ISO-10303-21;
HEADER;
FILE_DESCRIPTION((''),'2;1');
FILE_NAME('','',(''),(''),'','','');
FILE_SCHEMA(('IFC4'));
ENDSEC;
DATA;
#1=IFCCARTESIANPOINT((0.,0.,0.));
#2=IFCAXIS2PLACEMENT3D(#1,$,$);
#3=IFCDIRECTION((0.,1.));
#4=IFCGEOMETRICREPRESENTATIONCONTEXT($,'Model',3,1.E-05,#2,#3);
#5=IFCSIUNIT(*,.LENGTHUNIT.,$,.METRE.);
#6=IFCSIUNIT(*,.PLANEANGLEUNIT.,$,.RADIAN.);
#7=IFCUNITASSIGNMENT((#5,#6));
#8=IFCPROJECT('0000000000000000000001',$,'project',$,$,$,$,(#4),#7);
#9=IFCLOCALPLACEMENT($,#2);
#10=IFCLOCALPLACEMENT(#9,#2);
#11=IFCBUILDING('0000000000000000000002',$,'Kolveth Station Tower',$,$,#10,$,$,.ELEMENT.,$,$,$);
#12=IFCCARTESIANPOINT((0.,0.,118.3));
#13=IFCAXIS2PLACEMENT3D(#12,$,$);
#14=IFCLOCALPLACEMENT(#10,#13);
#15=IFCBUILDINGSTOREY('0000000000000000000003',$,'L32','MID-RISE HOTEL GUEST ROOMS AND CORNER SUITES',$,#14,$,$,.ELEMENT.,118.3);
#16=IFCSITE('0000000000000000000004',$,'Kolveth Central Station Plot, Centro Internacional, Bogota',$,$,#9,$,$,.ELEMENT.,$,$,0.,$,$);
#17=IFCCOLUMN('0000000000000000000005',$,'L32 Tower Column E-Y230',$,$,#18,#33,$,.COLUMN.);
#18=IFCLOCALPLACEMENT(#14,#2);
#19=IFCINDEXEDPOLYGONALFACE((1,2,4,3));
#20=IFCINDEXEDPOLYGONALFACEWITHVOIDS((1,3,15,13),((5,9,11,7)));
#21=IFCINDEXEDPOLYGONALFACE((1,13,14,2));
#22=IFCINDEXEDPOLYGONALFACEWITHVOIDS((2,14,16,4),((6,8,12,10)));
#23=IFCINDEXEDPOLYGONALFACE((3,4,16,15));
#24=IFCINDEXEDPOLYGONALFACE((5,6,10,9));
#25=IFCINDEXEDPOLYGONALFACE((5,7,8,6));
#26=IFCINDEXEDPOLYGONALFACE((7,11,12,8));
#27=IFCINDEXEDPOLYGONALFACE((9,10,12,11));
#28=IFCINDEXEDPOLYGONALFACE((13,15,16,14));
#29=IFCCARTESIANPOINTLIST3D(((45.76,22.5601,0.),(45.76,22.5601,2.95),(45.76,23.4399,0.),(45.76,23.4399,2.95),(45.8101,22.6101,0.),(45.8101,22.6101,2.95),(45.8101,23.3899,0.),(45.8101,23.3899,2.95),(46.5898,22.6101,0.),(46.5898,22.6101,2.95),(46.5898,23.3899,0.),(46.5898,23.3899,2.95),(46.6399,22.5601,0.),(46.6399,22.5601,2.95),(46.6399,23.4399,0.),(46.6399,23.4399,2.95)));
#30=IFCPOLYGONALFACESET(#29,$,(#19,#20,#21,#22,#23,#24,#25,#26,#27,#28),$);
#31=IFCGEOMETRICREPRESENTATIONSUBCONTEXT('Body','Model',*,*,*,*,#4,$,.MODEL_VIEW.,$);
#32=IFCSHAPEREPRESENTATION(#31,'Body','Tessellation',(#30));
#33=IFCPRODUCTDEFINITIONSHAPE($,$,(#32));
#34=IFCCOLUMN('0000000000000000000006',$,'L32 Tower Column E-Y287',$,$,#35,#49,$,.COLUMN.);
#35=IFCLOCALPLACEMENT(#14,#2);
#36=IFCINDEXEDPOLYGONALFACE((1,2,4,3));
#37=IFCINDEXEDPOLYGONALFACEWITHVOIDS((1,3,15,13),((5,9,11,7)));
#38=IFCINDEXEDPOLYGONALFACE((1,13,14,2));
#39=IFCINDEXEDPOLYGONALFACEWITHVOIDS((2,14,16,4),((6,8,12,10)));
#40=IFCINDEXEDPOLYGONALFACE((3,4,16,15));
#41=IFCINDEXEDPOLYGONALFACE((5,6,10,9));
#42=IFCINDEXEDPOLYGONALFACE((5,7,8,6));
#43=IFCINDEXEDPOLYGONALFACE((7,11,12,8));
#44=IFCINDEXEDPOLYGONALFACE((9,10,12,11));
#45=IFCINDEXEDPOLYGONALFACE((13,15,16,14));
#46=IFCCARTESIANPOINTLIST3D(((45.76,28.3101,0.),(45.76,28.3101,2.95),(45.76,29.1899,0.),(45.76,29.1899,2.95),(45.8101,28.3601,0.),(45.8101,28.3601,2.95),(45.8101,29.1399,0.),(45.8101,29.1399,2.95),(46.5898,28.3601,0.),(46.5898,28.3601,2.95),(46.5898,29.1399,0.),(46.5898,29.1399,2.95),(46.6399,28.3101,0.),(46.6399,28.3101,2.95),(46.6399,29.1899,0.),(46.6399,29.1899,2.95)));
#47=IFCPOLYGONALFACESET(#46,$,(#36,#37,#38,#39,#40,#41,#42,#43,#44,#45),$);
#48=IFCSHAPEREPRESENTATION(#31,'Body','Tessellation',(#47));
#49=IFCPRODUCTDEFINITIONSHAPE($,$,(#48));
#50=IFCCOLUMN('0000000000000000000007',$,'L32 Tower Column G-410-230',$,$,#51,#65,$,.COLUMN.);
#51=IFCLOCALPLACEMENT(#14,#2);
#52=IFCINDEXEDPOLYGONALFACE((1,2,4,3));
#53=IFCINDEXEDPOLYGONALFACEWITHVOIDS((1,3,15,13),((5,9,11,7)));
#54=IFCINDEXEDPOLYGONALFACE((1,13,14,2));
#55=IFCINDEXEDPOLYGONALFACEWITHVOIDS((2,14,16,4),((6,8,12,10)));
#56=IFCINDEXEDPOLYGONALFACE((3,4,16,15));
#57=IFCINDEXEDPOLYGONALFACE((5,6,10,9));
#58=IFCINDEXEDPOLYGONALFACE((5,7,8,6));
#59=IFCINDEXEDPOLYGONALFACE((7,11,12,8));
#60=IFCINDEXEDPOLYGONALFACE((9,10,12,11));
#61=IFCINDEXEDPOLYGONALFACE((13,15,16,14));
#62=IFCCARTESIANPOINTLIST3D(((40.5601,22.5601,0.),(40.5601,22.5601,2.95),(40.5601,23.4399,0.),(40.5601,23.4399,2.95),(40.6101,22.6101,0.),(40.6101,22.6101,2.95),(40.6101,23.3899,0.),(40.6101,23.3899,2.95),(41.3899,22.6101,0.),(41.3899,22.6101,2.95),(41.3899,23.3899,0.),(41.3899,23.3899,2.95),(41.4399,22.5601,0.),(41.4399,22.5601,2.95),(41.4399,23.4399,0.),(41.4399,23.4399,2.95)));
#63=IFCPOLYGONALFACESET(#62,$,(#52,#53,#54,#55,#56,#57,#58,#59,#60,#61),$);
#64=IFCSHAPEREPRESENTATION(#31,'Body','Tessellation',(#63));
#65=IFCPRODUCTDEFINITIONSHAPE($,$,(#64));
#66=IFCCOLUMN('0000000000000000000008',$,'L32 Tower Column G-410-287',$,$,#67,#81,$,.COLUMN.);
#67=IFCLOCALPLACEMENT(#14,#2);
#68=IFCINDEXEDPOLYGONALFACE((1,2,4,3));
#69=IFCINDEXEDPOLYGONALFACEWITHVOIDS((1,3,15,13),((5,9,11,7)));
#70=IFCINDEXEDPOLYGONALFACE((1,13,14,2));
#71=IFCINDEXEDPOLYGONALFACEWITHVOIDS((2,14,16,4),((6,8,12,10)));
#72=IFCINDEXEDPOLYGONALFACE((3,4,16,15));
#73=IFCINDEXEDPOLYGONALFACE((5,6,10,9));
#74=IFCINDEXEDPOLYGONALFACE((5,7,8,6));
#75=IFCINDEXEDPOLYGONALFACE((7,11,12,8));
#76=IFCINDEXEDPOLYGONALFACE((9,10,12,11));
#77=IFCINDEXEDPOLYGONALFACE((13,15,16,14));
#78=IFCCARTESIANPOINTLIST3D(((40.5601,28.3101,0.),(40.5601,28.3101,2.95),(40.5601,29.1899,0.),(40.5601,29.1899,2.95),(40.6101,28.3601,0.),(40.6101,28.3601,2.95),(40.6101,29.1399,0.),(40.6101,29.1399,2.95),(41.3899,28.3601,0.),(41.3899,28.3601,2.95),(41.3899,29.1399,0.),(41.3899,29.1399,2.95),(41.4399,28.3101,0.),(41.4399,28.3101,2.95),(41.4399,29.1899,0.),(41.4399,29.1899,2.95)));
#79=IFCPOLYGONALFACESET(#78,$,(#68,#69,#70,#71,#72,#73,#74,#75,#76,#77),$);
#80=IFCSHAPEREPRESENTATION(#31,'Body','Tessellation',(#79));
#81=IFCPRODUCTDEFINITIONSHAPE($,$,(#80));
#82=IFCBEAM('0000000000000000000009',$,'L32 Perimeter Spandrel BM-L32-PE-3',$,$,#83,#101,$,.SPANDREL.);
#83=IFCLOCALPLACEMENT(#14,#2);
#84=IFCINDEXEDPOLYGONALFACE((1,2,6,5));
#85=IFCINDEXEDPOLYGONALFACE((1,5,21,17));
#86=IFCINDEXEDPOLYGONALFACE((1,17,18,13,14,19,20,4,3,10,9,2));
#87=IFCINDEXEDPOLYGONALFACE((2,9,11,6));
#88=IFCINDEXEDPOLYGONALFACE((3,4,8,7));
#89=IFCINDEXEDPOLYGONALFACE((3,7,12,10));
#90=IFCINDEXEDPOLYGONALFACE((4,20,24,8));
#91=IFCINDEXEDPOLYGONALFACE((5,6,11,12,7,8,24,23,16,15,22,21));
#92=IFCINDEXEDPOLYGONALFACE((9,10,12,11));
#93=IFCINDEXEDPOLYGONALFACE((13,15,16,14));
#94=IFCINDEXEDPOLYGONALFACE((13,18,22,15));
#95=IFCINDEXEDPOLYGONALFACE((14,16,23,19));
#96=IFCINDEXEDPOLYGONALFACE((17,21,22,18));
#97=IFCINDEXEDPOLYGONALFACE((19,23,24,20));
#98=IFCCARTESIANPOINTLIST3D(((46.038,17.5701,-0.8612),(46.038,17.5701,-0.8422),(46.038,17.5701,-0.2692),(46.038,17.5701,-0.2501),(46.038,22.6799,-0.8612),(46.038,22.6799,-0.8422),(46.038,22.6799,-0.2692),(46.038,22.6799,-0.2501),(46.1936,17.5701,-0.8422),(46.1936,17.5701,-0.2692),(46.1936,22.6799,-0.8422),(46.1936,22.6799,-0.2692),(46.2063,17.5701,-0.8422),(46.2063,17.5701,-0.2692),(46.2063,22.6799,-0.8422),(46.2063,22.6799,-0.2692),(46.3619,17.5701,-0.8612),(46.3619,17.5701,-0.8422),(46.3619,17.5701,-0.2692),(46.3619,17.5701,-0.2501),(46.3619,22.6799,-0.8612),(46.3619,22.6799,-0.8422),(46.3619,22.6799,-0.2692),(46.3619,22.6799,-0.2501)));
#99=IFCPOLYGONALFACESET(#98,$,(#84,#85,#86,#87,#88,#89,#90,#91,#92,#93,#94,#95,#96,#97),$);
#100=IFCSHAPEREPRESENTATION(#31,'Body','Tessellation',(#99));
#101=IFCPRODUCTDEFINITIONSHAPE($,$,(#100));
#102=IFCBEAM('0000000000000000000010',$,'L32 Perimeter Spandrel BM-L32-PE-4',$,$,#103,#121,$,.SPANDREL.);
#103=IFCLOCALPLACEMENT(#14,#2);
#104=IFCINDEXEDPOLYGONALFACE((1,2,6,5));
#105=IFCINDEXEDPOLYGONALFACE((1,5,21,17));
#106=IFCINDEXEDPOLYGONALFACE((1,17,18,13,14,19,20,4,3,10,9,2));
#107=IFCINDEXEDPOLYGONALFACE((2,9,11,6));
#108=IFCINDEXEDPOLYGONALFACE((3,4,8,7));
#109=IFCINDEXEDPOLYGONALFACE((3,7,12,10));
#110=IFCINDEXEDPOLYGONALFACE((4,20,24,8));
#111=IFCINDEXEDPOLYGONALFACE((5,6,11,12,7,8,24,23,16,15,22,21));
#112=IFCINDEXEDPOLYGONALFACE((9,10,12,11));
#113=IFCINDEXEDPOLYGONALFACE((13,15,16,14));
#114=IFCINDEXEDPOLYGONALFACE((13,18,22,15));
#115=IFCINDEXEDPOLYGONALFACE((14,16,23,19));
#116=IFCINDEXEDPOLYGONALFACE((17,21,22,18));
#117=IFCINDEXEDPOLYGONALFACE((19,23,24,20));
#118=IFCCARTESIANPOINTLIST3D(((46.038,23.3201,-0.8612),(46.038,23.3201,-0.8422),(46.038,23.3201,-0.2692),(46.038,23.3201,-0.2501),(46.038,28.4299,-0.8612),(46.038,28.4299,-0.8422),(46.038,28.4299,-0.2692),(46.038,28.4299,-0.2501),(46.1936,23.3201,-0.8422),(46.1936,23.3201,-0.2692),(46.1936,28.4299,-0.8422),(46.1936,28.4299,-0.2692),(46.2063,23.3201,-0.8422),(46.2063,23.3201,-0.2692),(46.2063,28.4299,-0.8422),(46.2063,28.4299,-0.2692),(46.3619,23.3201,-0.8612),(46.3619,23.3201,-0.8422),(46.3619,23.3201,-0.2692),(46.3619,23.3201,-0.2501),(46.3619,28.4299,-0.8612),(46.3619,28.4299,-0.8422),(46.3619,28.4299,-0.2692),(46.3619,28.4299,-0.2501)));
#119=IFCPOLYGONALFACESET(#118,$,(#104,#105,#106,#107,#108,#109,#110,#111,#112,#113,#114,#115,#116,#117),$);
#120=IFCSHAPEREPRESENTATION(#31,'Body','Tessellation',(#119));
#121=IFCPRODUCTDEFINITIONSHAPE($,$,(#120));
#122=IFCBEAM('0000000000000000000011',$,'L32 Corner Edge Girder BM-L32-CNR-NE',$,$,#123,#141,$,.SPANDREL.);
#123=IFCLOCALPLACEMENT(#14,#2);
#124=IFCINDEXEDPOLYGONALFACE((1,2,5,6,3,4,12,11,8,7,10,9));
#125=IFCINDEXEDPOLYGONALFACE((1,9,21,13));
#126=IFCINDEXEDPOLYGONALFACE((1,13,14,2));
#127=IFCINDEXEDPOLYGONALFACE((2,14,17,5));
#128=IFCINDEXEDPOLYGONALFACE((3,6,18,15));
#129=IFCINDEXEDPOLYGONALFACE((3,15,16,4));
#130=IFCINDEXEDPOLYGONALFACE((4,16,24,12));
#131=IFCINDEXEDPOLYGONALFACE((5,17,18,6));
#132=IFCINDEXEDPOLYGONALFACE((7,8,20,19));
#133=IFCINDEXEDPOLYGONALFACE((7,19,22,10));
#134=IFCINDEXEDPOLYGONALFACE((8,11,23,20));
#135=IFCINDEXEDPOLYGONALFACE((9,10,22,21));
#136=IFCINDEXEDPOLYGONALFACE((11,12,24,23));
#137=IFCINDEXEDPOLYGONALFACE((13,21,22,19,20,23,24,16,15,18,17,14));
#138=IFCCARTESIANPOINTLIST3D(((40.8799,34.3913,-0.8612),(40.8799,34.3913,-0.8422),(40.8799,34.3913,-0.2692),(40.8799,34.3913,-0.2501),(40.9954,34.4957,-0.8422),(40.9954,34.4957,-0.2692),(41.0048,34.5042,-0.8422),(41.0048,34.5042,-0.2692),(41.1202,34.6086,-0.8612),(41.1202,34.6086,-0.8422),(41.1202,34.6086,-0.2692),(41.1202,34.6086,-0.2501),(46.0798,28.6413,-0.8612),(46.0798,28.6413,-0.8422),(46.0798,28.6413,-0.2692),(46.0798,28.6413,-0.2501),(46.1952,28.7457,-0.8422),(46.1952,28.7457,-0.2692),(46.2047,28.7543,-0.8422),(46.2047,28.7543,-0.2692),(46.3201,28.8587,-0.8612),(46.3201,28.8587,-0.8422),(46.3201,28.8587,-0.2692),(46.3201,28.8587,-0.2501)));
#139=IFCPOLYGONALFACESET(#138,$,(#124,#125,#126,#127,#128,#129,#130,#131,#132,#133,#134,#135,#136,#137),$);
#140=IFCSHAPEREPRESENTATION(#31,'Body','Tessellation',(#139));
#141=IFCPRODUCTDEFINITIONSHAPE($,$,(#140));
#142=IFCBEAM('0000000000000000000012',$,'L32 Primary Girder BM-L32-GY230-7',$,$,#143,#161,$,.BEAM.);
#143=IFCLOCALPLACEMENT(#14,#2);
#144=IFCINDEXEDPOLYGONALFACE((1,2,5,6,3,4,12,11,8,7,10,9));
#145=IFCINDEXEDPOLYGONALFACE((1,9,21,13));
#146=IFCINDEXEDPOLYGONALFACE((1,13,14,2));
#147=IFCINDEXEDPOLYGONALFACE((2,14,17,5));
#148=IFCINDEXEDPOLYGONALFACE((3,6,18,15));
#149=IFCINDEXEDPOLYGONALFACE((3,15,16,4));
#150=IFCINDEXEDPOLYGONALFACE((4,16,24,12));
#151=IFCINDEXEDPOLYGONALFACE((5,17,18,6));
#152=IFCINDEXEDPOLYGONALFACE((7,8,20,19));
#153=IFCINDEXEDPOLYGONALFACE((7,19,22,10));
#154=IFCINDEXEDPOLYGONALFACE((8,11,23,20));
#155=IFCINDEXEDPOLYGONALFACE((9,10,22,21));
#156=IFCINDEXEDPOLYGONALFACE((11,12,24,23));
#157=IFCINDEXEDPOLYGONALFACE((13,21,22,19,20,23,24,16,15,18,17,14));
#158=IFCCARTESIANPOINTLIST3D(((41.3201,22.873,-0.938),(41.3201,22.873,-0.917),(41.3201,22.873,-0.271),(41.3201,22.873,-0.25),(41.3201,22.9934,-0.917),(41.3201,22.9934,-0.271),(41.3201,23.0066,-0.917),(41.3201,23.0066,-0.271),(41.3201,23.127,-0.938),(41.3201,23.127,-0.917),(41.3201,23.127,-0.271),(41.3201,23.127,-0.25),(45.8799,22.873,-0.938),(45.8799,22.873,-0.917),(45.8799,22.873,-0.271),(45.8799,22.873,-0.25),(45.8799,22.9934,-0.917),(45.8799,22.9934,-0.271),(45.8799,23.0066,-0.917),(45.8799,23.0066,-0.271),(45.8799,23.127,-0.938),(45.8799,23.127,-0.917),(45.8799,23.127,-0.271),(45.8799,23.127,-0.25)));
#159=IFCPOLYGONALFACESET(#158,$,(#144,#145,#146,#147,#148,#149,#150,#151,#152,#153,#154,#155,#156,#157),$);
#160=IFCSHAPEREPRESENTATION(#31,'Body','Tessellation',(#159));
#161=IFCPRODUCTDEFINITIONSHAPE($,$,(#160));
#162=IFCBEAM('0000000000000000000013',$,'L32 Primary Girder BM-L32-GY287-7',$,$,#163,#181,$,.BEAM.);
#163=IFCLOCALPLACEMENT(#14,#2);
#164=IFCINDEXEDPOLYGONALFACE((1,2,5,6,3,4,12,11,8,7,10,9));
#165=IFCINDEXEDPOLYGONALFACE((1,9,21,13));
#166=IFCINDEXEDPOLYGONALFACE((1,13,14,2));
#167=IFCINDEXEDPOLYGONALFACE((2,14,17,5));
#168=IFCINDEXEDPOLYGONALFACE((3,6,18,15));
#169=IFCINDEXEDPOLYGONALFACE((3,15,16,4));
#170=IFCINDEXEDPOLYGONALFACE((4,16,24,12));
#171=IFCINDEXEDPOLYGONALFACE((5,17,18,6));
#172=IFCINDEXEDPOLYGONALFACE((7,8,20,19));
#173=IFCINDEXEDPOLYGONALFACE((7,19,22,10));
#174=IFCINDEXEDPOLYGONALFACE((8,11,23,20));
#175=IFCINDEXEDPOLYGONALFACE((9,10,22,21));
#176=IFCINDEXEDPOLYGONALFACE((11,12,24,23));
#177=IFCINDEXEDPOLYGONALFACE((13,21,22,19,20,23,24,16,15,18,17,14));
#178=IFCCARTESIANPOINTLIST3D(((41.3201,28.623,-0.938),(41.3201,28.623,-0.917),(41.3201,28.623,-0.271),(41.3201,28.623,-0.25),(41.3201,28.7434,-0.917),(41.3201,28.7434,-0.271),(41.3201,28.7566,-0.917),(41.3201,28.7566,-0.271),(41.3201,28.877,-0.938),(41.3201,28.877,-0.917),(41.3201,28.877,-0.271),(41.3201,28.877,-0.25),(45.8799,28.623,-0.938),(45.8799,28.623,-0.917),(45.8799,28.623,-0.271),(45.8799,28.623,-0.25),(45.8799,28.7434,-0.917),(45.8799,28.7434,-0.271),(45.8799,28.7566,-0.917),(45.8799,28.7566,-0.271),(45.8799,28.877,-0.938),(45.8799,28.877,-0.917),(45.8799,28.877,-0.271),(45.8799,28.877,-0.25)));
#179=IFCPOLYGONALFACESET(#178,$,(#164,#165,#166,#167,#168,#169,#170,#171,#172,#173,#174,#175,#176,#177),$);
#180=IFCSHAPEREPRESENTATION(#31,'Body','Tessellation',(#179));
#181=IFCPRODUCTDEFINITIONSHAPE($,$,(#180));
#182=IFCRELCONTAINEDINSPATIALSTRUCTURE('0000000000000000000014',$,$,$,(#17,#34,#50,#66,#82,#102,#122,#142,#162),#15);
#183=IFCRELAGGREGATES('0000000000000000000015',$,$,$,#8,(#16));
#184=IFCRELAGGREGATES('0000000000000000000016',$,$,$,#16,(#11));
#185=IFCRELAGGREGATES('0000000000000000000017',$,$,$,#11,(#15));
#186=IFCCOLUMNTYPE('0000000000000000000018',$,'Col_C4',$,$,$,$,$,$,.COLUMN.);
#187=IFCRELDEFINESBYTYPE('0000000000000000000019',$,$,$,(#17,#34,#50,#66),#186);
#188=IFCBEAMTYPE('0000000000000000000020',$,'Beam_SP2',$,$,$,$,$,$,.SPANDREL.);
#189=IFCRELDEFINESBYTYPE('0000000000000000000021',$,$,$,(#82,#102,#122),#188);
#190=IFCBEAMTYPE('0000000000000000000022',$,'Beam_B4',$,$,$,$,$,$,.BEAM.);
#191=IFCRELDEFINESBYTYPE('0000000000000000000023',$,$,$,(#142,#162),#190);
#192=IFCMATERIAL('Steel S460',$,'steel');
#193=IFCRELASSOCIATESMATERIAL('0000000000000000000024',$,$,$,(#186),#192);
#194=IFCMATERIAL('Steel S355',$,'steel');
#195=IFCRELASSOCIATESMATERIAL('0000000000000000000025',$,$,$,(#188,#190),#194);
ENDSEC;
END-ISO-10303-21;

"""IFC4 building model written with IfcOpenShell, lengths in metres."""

from ifc_helpers import new_model, si_unit, direction, frame, origin, origin_2d, place, context, subcontext, project, spatial, hollow_rectangle, i_section, extrude, source, transform, mapped, material, material_profile, profile_set, type_object, element, save


model = new_model("IFC4")

# Units and contexts
model_context = context("Model", 3, precision=1e-05, world=origin(), true_north=direction((0.0, 1.0)))
body_context = subcontext(model_context, "Body", "Model", "MODEL_VIEW")
ifc_project = project(units=[si_unit("LENGTHUNIT", "METRE"), si_unit("PLANEANGLEUNIT", "RADIAN")], contexts=[model_context])

# Site, building, storey
site_placement = place(None, origin())
site = spatial("IfcSite", under=ifc_project, at=site_placement, Name="Kolveth Central Station Plot, Centro Internacional, Bogota", CompositionType="ELEMENT", RefElevation=0.0)
building_placement = place(site_placement, origin())
building = spatial("IfcBuilding", under=site, at=building_placement, Name="Kolveth Station Tower", CompositionType="ELEMENT")
storey_placement = place(building_placement, frame((0.0, 0.0, 118.3)))
storey = spatial("IfcBuildingStorey", under=building, at=storey_placement, Name="L32", Description="MID-RISE HOTEL GUEST ROOMS AND CORNER SUITES", CompositionType="ELEMENT", Elevation=118.3)

# Columns
ifc_material_1 = material(Name="Steel S460", Category="steel")
ifc_material_profile_1 = material_profile(ifc_material_1, hollow_rectangle(XDim=0.8799, YDim=0.8799, WallThickness=0.05, at=origin_2d()), Name="BOX880x880x50")
ifc_profile_set_1 = profile_set([ifc_material_profile_1], Name="Steel S460")
column_type = type_object("IfcColumnType", Name="Col_C4", PredefinedType="COLUMN", material=ifc_profile_set_1)
shared_shape_1 = source(origin(), body_context, "Body", "SweptSolid", [
    extrude(hollow_rectangle(XDim=0.8799, YDim=0.8799, WallThickness=0.05, at=origin_2d()), origin(), (0.0, 0.0, 1.0), 2.95),
])
for number, where, z_axis, x_axis, name in (
    (1, (46.2, 23.0, 0.0), (0.0, 0.0, 1.0), (1.0, 0.0, 0.0), "L32 Tower Column E-Y230"),
    (2, (46.2, 28.75, 0.0), (0.0, 0.0, 1.0), (1.0, 0.0, 0.0), "L32 Tower Column E-Y287"),
    (3, (41.0, 23.0, 0.0), (0.0, 0.0, 1.0), (1.0, 0.0, 0.0), "L32 Tower Column G-410-230"),
    (4, (41.0, 28.75, 0.0), (0.0, 0.0, 1.0), (1.0, 0.0, 0.0), "L32 Tower Column G-410-287"),
):
    element("IfcColumn", number, at=place(storey_placement, frame(where, z_axis=z_axis, x_axis=x_axis)), inside=storey, type_object=column_type, Name=name, PredefinedType="COLUMN", context=body_context, shape_type="MappedRepresentation", body=[
        mapped(shared_shape_1, transform((0.0, 0.0, 0.0), x_axis=(1.0, 0.0, 0.0), y_axis=(0.0, 1.0, 0.0), z_axis=(0.0, 0.0, 1.0), scale=1.0)),
    ])

# Beams
ifc_material_2 = material(Name="Steel S355", Category="steel")
ifc_material_profile_2 = material_profile(ifc_material_2, i_section(OverallWidth=0.324, OverallDepth=0.6111, WebThickness=0.0127, FlangeThickness=0.019, at=origin_2d()), Name="W610x155")
ifc_profile_set_2 = profile_set([ifc_material_profile_2], Name="Steel S355")
beam_type_1 = type_object("IfcBeamType", Name="Beam_SP2", PredefinedType="SPANDREL", material=ifc_profile_set_2)
shared_shape_2 = source(origin(), body_context, "Body", "SweptSolid", [
    extrude(i_section(OverallWidth=0.324, OverallDepth=0.6111, WebThickness=0.0127, FlangeThickness=0.019, at=origin_2d()), origin(), (0.0, 0.0, 1.0), 5.1099),
])
for number, where, z_axis, x_axis, name in (
    (5, (46.2, 17.5701, -0.5557), (0.0, 1.0, 0.0), (-1.0, 0.0, 0.0), "L32 Perimeter Spandrel BM-L32-PE-3"),
    (6, (46.2, 23.3201, -0.5557), (0.0, 1.0, 0.0), (-1.0, 0.0, 0.0), "L32 Perimeter Spandrel BM-L32-PE-4"),
):
    element("IfcBeam", number, at=place(storey_placement, frame(where, z_axis=z_axis, x_axis=x_axis)), inside=storey, type_object=beam_type_1, Name=name, PredefinedType="SPANDREL", context=body_context, shape_type="MappedRepresentation", body=[
        mapped(shared_shape_2, transform((0.0, 0.0, 0.0), x_axis=(1.0, 0.0, 0.0), y_axis=(0.0, 1.0, 0.0), z_axis=(0.0, 0.0, 1.0), scale=1.0)),
    ])
shared_shape_3 = source(origin(), body_context, "Body", "SweptSolid", [
    extrude(i_section(OverallWidth=0.324, OverallDepth=0.6111, WebThickness=0.0127, FlangeThickness=0.019, at=origin_2d()), origin(), (0.0, 0.0, 1.0), 7.7524),
])
beam_placement = place(storey_placement, frame((46.2, 28.75, -0.5557), z_axis=(-0.670741, 0.741692, 0.0), x_axis=(-0.741692, -0.670741, 0.0)))
element("IfcBeam", 7, at=beam_placement, inside=storey, type_object=beam_type_1, Name="L32 Corner Edge Girder BM-L32-CNR-NE", PredefinedType="SPANDREL", context=body_context, shape_type="MappedRepresentation", body=[
    mapped(shared_shape_3, transform((0.0, 0.0, 0.0), x_axis=(1.0, 0.0, 0.0), y_axis=(0.0, 1.0, 0.0), z_axis=(0.0, 0.0, 1.0), scale=1.0)),
])
ifc_material_profile_3 = material_profile(ifc_material_2, i_section(OverallWidth=0.2539, OverallDepth=0.688, WebThickness=0.0132, FlangeThickness=0.021, at=origin_2d()), Name="W690x152")
ifc_profile_set_3 = profile_set([ifc_material_profile_3], Name="Steel S355")
beam_type_2 = type_object("IfcBeamType", Name="Beam_B4", PredefinedType="BEAM", material=ifc_profile_set_3)
shared_shape_4 = source(origin(), body_context, "Body", "SweptSolid", [
    extrude(i_section(OverallWidth=0.2539, OverallDepth=0.688, WebThickness=0.0132, FlangeThickness=0.021, at=origin_2d()), origin(), (0.0, 0.0, 1.0), 4.5598),
])
for number, where, z_axis, x_axis, name in (
    (8, (41.3201, 23.0, -0.594), (1.0, 0.0, 0.0), (0.0, 1.0, 0.0), "L32 Primary Girder BM-L32-GY230-7"),
    (9, (41.3201, 28.75, -0.594), (1.0, 0.0, 0.0), (0.0, 1.0, 0.0), "L32 Primary Girder BM-L32-GY287-7"),
):
    element("IfcBeam", number, at=place(storey_placement, frame(where, z_axis=z_axis, x_axis=x_axis)), inside=storey, type_object=beam_type_2, Name=name, PredefinedType="BEAM", context=body_context, shape_type="MappedRepresentation", body=[
        mapped(shared_shape_4, transform((0.0, 0.0, 0.0), x_axis=(1.0, 0.0, 0.0), y_axis=(0.0, 1.0, 0.0), z_axis=(0.0, 0.0, 1.0), scale=1.0)),
    ])

save(model, "model.ifc")
